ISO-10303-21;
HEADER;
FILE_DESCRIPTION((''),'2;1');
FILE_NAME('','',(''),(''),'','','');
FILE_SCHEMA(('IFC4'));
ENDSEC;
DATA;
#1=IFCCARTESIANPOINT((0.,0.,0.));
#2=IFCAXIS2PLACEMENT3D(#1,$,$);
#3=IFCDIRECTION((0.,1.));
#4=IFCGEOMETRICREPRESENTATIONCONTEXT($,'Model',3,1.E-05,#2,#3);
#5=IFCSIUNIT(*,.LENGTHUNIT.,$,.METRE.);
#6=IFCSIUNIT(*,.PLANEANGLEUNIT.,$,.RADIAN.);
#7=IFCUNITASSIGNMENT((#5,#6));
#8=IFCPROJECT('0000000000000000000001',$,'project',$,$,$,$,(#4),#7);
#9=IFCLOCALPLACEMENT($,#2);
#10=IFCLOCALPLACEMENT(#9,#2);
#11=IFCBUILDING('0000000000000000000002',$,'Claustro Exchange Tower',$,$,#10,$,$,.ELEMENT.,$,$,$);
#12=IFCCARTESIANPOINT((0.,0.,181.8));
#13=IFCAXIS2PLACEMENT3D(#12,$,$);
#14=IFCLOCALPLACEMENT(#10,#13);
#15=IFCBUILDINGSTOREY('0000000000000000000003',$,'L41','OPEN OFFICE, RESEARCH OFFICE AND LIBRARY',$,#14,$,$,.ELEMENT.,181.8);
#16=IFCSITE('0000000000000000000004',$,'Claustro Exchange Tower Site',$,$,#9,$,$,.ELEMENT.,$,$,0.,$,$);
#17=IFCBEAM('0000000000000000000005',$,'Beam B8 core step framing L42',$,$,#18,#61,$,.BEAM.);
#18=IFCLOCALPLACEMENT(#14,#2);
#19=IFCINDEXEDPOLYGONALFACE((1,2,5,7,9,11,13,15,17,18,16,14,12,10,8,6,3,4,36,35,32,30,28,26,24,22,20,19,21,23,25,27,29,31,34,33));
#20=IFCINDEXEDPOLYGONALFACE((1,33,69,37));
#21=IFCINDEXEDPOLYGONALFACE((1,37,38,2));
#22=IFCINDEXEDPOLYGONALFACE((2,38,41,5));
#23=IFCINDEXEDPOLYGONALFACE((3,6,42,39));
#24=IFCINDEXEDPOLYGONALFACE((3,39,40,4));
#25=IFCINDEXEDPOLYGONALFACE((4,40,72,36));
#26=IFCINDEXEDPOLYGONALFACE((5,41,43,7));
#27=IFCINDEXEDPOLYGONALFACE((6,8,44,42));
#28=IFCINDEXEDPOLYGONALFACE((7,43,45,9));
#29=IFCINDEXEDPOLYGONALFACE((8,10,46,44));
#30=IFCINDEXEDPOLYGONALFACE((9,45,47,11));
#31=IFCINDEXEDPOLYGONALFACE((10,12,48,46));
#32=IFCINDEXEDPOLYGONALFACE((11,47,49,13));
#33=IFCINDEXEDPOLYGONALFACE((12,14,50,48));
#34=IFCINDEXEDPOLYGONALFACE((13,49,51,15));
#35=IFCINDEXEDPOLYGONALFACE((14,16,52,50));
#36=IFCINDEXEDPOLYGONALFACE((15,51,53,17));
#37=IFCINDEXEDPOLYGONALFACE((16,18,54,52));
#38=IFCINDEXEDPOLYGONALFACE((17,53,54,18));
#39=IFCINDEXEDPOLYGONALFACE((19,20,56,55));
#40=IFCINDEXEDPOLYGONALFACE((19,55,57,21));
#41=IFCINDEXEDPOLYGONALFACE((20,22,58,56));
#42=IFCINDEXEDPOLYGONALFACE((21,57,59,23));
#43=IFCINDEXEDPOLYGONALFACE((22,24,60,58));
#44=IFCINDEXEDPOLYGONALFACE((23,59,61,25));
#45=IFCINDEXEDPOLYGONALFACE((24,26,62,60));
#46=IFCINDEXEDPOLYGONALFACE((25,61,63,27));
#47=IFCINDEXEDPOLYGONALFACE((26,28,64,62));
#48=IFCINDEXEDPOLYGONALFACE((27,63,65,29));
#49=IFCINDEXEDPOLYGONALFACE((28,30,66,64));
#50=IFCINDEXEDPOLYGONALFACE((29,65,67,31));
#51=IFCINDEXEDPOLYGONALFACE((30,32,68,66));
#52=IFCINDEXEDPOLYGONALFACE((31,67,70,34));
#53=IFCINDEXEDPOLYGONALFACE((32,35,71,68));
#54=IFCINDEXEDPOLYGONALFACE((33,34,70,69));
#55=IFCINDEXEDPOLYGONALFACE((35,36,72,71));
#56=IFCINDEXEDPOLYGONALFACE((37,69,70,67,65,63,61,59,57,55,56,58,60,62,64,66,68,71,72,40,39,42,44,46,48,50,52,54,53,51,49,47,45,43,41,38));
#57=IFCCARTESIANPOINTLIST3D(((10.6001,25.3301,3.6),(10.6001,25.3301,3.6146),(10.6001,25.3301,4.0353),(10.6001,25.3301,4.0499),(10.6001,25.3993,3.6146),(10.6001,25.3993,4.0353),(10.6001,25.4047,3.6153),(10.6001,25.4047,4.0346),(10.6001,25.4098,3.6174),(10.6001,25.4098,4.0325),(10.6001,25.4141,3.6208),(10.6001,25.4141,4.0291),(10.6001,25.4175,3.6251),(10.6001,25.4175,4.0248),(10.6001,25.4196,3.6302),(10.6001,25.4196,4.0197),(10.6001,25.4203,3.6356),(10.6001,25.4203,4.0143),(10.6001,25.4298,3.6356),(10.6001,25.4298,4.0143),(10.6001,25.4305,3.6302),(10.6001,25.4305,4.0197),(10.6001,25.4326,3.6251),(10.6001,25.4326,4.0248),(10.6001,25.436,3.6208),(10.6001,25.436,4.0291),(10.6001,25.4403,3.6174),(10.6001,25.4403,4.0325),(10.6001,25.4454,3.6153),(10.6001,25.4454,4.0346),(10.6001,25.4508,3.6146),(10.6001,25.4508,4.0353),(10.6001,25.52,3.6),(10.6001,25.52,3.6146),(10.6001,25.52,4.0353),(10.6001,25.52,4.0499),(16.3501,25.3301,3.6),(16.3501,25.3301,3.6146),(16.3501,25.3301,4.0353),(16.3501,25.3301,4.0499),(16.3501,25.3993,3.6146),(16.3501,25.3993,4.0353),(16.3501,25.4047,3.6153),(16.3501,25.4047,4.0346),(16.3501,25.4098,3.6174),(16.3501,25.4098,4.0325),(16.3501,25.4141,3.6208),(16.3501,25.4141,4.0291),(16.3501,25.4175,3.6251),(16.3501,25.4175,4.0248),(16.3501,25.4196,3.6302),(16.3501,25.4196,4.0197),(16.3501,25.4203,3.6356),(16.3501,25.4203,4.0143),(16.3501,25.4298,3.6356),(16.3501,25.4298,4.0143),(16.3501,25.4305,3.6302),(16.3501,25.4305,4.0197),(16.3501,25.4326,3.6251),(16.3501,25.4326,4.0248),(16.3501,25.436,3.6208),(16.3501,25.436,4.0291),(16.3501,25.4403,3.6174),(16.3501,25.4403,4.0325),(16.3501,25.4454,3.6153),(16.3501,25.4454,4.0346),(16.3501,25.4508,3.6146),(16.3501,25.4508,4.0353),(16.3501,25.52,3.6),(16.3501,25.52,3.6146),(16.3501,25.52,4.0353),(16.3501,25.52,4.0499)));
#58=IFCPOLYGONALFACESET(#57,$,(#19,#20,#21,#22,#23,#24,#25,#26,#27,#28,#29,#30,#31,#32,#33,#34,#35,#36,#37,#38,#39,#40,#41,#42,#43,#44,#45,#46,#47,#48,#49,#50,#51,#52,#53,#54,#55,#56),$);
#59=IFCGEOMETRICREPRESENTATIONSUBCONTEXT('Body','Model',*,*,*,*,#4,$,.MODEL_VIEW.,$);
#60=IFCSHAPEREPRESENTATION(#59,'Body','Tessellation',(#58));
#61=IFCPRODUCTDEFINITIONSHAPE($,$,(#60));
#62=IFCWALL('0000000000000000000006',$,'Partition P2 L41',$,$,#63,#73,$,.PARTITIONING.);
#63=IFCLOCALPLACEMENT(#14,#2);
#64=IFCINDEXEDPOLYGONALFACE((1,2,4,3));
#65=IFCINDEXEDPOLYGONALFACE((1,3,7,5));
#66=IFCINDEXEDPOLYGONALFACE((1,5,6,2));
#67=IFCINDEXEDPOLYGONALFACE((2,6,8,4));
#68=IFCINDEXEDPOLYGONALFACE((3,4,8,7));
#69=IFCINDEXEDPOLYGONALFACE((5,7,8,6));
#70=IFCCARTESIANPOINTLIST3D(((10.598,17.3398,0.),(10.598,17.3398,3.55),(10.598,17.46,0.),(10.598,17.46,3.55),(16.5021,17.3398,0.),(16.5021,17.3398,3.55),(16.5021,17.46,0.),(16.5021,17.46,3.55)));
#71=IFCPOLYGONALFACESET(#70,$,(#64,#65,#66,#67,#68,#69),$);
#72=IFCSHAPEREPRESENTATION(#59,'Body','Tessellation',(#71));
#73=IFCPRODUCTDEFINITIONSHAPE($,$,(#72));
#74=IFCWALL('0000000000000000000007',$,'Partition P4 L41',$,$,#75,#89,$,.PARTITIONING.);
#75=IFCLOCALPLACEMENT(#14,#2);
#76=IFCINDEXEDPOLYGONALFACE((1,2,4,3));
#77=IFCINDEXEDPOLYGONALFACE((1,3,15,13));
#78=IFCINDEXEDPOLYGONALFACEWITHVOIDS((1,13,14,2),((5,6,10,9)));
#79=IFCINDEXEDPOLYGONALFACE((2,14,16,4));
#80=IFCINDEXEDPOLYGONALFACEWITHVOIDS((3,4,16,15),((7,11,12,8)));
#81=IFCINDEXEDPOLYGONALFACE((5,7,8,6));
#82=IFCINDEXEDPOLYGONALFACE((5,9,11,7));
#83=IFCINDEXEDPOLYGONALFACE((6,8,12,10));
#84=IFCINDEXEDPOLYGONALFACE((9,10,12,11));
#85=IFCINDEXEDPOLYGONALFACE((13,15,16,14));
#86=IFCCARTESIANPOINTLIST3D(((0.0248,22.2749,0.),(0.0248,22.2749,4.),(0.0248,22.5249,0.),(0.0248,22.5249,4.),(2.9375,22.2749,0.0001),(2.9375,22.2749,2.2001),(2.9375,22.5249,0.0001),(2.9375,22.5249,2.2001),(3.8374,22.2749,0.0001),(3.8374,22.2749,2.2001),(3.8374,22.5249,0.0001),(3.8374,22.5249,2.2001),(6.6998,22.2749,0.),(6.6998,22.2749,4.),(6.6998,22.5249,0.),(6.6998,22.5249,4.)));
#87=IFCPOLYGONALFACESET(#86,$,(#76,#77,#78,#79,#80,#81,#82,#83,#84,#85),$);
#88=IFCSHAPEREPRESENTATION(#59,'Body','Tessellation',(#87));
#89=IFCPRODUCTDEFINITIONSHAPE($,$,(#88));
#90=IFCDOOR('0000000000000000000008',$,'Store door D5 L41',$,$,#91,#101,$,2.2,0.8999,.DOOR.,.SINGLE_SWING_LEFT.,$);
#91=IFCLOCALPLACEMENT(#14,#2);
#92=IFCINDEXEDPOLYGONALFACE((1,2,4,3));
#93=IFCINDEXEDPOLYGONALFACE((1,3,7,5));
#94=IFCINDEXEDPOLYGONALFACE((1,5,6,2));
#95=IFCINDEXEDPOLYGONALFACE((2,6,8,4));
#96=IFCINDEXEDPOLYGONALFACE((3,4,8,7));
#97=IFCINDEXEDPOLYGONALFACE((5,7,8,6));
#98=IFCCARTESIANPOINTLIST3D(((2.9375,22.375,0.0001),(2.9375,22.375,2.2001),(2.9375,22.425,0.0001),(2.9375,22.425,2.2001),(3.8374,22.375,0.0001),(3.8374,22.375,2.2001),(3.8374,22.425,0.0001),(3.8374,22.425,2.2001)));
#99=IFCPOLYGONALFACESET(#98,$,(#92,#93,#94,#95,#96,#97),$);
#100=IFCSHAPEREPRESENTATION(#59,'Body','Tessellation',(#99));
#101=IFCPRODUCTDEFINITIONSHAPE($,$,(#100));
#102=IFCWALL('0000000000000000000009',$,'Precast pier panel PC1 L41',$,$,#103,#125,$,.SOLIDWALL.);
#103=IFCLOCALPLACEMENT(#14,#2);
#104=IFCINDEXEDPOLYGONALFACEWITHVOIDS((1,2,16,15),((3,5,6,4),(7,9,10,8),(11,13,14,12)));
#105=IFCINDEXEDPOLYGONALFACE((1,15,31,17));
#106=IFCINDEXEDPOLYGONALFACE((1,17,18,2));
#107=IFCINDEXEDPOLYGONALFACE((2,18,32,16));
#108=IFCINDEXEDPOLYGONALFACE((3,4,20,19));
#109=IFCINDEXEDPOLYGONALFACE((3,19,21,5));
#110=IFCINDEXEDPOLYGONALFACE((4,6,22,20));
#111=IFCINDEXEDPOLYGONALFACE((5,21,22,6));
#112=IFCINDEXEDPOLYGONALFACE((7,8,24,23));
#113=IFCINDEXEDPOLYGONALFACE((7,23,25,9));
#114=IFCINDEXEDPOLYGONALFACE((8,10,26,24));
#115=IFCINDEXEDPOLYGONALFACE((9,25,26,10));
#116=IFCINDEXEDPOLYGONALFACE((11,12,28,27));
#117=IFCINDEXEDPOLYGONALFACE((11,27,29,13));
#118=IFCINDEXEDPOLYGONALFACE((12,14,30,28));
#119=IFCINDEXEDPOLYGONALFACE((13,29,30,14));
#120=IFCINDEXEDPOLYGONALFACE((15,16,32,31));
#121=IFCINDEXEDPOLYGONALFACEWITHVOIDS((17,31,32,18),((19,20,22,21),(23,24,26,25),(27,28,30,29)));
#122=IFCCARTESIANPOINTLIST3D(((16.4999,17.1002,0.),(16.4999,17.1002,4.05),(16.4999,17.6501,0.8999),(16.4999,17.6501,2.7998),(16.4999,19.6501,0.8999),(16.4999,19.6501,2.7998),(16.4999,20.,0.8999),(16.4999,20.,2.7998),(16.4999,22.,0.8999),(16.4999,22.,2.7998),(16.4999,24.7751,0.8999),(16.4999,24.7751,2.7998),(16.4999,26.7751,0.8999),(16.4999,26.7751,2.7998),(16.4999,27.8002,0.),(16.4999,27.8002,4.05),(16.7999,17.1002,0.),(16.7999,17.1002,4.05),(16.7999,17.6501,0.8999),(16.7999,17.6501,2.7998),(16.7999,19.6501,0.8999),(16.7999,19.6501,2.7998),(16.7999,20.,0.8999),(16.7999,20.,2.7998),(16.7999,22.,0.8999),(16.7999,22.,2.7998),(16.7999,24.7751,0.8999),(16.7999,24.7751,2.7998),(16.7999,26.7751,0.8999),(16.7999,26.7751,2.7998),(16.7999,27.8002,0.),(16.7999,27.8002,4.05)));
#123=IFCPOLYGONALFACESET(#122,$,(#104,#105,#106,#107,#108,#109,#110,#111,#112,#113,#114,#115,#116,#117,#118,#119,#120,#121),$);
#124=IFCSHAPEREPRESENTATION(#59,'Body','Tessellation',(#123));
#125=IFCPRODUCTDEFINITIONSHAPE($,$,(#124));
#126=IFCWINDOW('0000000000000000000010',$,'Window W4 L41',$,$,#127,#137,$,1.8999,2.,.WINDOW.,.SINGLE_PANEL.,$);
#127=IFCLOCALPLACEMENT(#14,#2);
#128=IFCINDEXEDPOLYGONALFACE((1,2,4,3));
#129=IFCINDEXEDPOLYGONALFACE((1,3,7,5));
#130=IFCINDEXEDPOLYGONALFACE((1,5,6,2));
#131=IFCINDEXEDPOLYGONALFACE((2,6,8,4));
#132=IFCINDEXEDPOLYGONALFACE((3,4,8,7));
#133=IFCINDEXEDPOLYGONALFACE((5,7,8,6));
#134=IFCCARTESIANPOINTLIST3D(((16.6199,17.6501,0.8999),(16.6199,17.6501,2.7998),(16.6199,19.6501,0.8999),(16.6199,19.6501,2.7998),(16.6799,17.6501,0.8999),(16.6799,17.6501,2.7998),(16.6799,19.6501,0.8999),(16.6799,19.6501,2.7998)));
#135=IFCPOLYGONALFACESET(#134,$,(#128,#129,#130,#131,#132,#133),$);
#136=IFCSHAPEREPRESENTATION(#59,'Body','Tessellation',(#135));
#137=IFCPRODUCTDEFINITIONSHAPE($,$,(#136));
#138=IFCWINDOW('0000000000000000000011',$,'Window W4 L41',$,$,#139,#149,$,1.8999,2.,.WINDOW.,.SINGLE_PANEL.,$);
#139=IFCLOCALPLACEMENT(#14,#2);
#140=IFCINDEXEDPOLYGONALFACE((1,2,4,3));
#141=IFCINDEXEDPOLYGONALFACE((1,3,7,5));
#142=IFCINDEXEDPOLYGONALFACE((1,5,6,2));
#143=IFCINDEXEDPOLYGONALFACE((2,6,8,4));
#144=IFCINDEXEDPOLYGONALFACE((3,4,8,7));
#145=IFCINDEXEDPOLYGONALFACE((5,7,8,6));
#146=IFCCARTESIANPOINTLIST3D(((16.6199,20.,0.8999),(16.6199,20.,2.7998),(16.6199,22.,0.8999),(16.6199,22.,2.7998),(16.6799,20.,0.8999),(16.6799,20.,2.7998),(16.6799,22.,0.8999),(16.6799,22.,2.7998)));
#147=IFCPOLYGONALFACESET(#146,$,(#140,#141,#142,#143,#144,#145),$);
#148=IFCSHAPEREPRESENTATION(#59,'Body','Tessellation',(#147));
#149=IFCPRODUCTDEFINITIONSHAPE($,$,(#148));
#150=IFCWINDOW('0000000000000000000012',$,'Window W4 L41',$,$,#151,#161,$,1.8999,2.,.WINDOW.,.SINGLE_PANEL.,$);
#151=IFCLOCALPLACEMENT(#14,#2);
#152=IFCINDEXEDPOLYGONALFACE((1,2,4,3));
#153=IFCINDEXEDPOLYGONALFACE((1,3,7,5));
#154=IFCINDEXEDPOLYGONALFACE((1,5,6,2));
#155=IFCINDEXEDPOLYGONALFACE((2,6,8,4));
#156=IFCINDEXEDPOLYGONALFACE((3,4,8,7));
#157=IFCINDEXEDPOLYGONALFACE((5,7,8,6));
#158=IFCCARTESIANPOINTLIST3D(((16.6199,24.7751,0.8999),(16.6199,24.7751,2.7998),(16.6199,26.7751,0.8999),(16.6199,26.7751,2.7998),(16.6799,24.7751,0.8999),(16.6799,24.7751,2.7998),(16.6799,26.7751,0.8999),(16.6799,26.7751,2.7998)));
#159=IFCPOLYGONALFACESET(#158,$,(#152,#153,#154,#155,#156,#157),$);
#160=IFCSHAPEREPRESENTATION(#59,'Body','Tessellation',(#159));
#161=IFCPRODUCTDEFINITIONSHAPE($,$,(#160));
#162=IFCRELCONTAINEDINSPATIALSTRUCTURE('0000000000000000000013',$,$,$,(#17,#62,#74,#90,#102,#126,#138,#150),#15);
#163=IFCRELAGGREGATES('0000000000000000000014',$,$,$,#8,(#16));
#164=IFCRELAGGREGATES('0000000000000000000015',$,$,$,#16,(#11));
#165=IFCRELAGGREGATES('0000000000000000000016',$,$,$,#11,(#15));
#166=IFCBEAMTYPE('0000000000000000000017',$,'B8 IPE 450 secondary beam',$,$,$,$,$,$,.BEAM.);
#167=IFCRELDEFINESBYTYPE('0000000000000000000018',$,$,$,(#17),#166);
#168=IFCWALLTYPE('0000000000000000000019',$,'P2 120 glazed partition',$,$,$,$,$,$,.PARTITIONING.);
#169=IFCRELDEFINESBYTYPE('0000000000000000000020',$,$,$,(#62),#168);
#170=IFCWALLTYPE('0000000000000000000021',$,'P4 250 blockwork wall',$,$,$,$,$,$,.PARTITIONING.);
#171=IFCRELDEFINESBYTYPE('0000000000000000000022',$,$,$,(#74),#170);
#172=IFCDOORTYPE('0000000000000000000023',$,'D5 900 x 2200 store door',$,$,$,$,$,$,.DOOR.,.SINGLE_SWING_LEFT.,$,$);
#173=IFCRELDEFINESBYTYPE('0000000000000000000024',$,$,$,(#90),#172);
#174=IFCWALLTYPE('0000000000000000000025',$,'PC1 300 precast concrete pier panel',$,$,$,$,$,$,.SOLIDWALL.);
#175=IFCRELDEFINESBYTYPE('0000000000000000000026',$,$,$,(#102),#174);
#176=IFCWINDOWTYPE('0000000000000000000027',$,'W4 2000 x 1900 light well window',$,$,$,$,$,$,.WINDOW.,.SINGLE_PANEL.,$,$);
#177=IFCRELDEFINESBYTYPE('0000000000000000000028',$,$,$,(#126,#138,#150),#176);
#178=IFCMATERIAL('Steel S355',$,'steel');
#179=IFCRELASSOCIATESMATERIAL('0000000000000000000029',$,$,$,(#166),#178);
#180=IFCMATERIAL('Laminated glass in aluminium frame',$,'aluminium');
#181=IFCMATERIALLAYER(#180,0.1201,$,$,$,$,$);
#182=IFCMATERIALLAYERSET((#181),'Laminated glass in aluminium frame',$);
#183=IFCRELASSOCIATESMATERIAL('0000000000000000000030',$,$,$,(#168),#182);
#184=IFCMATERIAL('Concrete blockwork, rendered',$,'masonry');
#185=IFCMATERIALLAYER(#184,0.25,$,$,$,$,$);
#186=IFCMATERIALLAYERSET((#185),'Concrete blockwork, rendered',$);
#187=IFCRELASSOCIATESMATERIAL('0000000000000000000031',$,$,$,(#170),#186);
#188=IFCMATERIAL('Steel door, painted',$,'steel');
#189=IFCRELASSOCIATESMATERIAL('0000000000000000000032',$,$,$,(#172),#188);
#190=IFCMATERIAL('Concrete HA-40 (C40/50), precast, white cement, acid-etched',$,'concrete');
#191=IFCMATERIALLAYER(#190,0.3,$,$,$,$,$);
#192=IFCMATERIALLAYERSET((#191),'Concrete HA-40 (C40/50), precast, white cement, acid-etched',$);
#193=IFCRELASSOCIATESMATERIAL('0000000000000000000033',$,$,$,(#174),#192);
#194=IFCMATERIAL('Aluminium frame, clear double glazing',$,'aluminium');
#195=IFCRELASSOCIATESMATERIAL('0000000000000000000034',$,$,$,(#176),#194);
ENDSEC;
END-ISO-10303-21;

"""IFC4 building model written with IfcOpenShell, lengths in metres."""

from ifc_helpers import new_model, si_unit, direction, frame, frame_2d, origin, origin_2d, place, context, subcontext, project, spatial, rectangle, i_section, extrude, material, layer, layer_set, material_profile, profile_set, type_object, element, fill, save


model = new_model("IFC4")

# Units and contexts
model_context = context("Model", 3, precision=1e-05, world=origin(), true_north=direction((0.0, 1.0)))
body_context = subcontext(model_context, "Body", "Model", "MODEL_VIEW")
ifc_project = project(units=[si_unit("LENGTHUNIT", "METRE"), si_unit("PLANEANGLEUNIT", "RADIAN")], contexts=[model_context])

# Site, building, storey
site_placement = place(None, origin())
site = spatial("IfcSite", under=ifc_project, at=site_placement, Name="Claustro Exchange Tower Site", CompositionType="ELEMENT", RefElevation=0.0)
building_placement = place(site_placement, origin())
building = spatial("IfcBuilding", under=site, at=building_placement, Name="Claustro Exchange Tower", CompositionType="ELEMENT")
storey_placement = place(building_placement, frame((0.0, 0.0, 181.8)))
storey = spatial("IfcBuildingStorey", under=building, at=storey_placement, Name="L41", Description="OPEN OFFICE, RESEARCH OFFICE AND LIBRARY", CompositionType="ELEMENT", Elevation=181.8)

# Beam
ifc_material_1 = material(Name="Steel S355", Category="steel")
ifc_material_profile_1 = material_profile(ifc_material_1, i_section(OverallWidth=0.1899, OverallDepth=0.45, WebThickness=0.0095, FlangeThickness=0.0146, FilletRadius=0.021, at=origin_2d()), Name="IPE 450")
ifc_profile_set_1 = profile_set([ifc_material_profile_1], Name="Steel S355")
beam_type_1 = type_object("IfcBeamType", Name="B8 IPE 450 secondary beam", PredefinedType="BEAM", material=ifc_profile_set_1)
for number, where, z_axis, x_axis, name in (
    (1, (10.6001, 25.425, 3.825), (1.0, 0.0, 0.0), (0.0, 1.0, 0.0), "Beam B8 core step framing L42"),
):
    element("IfcBeam", number, at=place(storey_placement, frame(where, z_axis=z_axis, x_axis=x_axis)), inside=storey, type_object=beam_type_1, Name=name, PredefinedType="BEAM", context=body_context, shape_type="SweptSolid", body=[
        extrude(i_section(OverallWidth=0.1899, OverallDepth=0.45, WebThickness=0.0095, FlangeThickness=0.0146, FilletRadius=0.021, at=origin_2d()), origin(), (0.0, 0.0, 1.0), 5.75),
    ])

# Wall
ifc_material_2 = material(Name="Laminated glass in aluminium frame", Category="aluminium")
ifc_layer_1 = layer(ifc_material_2, 0.1201)
ifc_layer_set_1 = layer_set([ifc_layer_1], Name="Laminated glass in aluminium frame")
wall_type_1 = type_object("IfcWallType", Name="P2 120 glazed partition", PredefinedType="PARTITIONING", material=ifc_layer_set_1)
wall_1_placement = place(storey_placement, frame((10.5979, 17.3999, 0.0), z_axis=(0.0, 0.0, 1.0), x_axis=(1.0, 0.0, 0.0)))
element("IfcWall", 2, at=wall_1_placement, inside=storey, type_object=wall_type_1, Name="Partition P2 L41", PredefinedType="PARTITIONING", context=body_context, shape_type="SweptSolid", body=[
    extrude(rectangle(XDim=5.9041, YDim=0.1201, at=frame_2d((2.9521, 0.0))), origin(), (0.0, 0.0, 1.0), 3.55),
])

# Wall, opening, door
ifc_material_3 = material(Name="Concrete blockwork, rendered", Category="masonry")
ifc_layer_2 = layer(ifc_material_3, 0.25)
ifc_layer_set_2 = layer_set([ifc_layer_2], Name="Concrete blockwork, rendered")
wall_type_2 = type_object("IfcWallType", Name="P4 250 blockwork wall", PredefinedType="PARTITIONING", material=ifc_layer_set_2)
wall_2_placement = place(storey_placement, frame((0.0249, 22.3999, 0.0), z_axis=(0.0, 0.0, 1.0), x_axis=(1.0, 0.0, 0.0)))
wall_2 = element("IfcWall", 3, at=wall_2_placement, inside=storey, type_object=wall_type_2, Name="Partition P4 L41", PredefinedType="PARTITIONING", context=body_context, shape_type="SweptSolid", body=[
    extrude(rectangle(XDim=6.675, YDim=0.25, at=frame_2d((3.3374, 0.0))), origin(), (0.0, 0.0, 1.0), 4.0),
])
opening_1_placement = place(wall_2_placement, frame((2.9126, 0.0, 0.0)))
opening_1 = element("IfcOpeningElement", 4, at=opening_1_placement, cuts=wall_2, PredefinedType="OPENING", context=body_context, shape_type="SweptSolid", body=[
    extrude(rectangle(XDim=0.8999, YDim=2.2, at=frame_2d((0.45, 1.1001))), frame((0.0, 0.135, 0.0), z_axis=(0.0, -1.0, 0.0), x_axis=(1.0, 0.0, 0.0)), (0.0, 0.0, 1.0), 0.27),
])
ifc_material_4 = material(Name="Steel door, painted", Category="steel")
door_type = type_object("IfcDoorType", Name="D5 900 x 2200 store door", OperationType="SINGLE_SWING_LEFT", PredefinedType="DOOR", material=ifc_material_4)
door_placement = place(opening_1_placement, frame((0.8999, 0.0, 0.0), z_axis=(0.0, 0.0, 1.0), x_axis=(-1.0, 0.0, 0.0)))
door = element("IfcDoor", 5, at=door_placement, inside=storey, type_object=door_type, Name="Store door D5 L41", OperationType="SINGLE_SWING_LEFT", OverallHeight=2.2, OverallWidth=0.8999, PredefinedType="DOOR", context=body_context, shape_type="SweptSolid", body=[
    extrude(rectangle(XDim=0.8999, YDim=2.2, at=frame_2d((0.45, 1.1001))), frame((0.0, 0.0249, 0.0), z_axis=(0.0, -1.0, 0.0), x_axis=(1.0, 0.0, 0.0)), (0.0, 0.0, 1.0), 0.05),
])
fill(opening_1, door)

# Wall, openings, windows
ifc_material_5 = material(Name="Concrete HA-40 (C40/50), precast, white cement, acid-etched", Category="concrete")
ifc_layer_3 = layer(ifc_material_5, 0.3)
ifc_layer_set_3 = layer_set([ifc_layer_3], Name="Concrete HA-40 (C40/50), precast, white cement, acid-etched")
wall_type_3 = type_object("IfcWallType", Name="PC1 300 precast concrete pier panel", PredefinedType="SOLIDWALL", material=ifc_layer_set_3)
wall_3_placement = place(storey_placement, frame((16.6499, 17.1001, 0.0), z_axis=(0.0, 0.0, 1.0), x_axis=(0.0, 1.0, 0.0)))
wall_3 = element("IfcWall", 6, at=wall_3_placement, inside=storey, type_object=wall_type_3, Name="Precast pier panel PC1 L41", PredefinedType="SOLIDWALL", context=body_context, shape_type="SweptSolid", body=[
    extrude(rectangle(XDim=10.7, YDim=0.3, at=frame_2d((5.3501, 0.0))), origin(), (0.0, 0.0, 1.0), 4.05),
])
opening_2_placement = place(wall_3_placement, frame((0.55, 0.0, 0.8999)))
opening_2 = element("IfcOpeningElement", 7, at=opening_2_placement, cuts=wall_3, PredefinedType="OPENING", context=body_context, shape_type="SweptSolid", body=[
    extrude(rectangle(XDim=2.0, YDim=1.8999, at=frame_2d((1.0, 0.95))), frame((0.0, 0.1599, 0.0), z_axis=(0.0, -1.0, 0.0), x_axis=(1.0, 0.0, 0.0)), (0.0, 0.0, 1.0), 0.3201),
])
opening_3_placement = place(wall_3_placement, frame((2.8999, 0.0, 0.8999)))
opening_3 = element("IfcOpeningElement", 8, at=opening_3_placement, cuts=wall_3, PredefinedType="OPENING", context=body_context, shape_type="SweptSolid", body=[
    extrude(rectangle(XDim=2.0, YDim=1.8999, at=frame_2d((1.0, 0.95))), frame((0.0, 0.1599, 0.0), z_axis=(0.0, -1.0, 0.0), x_axis=(1.0, 0.0, 0.0)), (0.0, 0.0, 1.0), 0.3201),
])
opening_4_placement = place(wall_3_placement, frame((7.675, 0.0, 0.8999)))
opening_4 = element("IfcOpeningElement", 9, at=opening_4_placement, cuts=wall_3, PredefinedType="OPENING", context=body_context, shape_type="SweptSolid", body=[
    extrude(rectangle(XDim=2.0, YDim=1.8999, at=frame_2d((1.0, 0.95))), frame((0.0, 0.1599, 0.0), z_axis=(0.0, -1.0, 0.0), x_axis=(1.0, 0.0, 0.0)), (0.0, 0.0, 1.0), 0.3201),
])
ifc_material_6 = material(Name="Aluminium frame, clear double glazing", Category="aluminium")
window_type = type_object("IfcWindowType", Name="W4 2000 x 1900 light well window", PartitioningType="SINGLE_PANEL", PredefinedType="WINDOW", material=ifc_material_6)
window_1_placement = place(opening_2_placement, origin())
window_1 = element("IfcWindow", 10, at=window_1_placement, inside=storey, type_object=window_type, Name="Window W4 L41", OverallHeight=1.8999, OverallWidth=2.0, PartitioningType="SINGLE_PANEL", PredefinedType="WINDOW", context=body_context, shape_type="SweptSolid", body=[
    extrude(rectangle(XDim=2.0, YDim=1.8999, at=frame_2d((1.0, 0.95))), frame((0.0, 0.03, 0.0), z_axis=(0.0, -1.0, 0.0), x_axis=(1.0, 0.0, 0.0)), (0.0, 0.0, 1.0), 0.0601),
])
fill(opening_2, window_1)
window_2_placement = place(opening_3_placement, origin())
window_2 = element("IfcWindow", 11, at=window_2_placement, inside=storey, type_object=window_type, Name="Window W4 L41", OverallHeight=1.8999, OverallWidth=2.0, PartitioningType="SINGLE_PANEL", PredefinedType="WINDOW", context=body_context, shape_type="SweptSolid", body=[
    extrude(rectangle(XDim=2.0, YDim=1.8999, at=frame_2d((1.0, 0.95))), frame((0.0, 0.03, 0.0), z_axis=(0.0, -1.0, 0.0), x_axis=(1.0, 0.0, 0.0)), (0.0, 0.0, 1.0), 0.0601),
])
fill(opening_3, window_2)
window_3_placement = place(opening_4_placement, origin())
window_3 = element("IfcWindow", 12, at=window_3_placement, inside=storey, type_object=window_type, Name="Window W4 L41", OverallHeight=1.8999, OverallWidth=2.0, PartitioningType="SINGLE_PANEL", PredefinedType="WINDOW", context=body_context, shape_type="SweptSolid", body=[
    extrude(rectangle(XDim=2.0, YDim=1.8999, at=frame_2d((1.0, 0.95))), frame((0.0, 0.03, 0.0), z_axis=(0.0, -1.0, 0.0), x_axis=(1.0, 0.0, 0.0)), (0.0, 0.0, 1.0), 0.0601),
])
fill(opening_4, window_3)

save(model, "model.ifc")
